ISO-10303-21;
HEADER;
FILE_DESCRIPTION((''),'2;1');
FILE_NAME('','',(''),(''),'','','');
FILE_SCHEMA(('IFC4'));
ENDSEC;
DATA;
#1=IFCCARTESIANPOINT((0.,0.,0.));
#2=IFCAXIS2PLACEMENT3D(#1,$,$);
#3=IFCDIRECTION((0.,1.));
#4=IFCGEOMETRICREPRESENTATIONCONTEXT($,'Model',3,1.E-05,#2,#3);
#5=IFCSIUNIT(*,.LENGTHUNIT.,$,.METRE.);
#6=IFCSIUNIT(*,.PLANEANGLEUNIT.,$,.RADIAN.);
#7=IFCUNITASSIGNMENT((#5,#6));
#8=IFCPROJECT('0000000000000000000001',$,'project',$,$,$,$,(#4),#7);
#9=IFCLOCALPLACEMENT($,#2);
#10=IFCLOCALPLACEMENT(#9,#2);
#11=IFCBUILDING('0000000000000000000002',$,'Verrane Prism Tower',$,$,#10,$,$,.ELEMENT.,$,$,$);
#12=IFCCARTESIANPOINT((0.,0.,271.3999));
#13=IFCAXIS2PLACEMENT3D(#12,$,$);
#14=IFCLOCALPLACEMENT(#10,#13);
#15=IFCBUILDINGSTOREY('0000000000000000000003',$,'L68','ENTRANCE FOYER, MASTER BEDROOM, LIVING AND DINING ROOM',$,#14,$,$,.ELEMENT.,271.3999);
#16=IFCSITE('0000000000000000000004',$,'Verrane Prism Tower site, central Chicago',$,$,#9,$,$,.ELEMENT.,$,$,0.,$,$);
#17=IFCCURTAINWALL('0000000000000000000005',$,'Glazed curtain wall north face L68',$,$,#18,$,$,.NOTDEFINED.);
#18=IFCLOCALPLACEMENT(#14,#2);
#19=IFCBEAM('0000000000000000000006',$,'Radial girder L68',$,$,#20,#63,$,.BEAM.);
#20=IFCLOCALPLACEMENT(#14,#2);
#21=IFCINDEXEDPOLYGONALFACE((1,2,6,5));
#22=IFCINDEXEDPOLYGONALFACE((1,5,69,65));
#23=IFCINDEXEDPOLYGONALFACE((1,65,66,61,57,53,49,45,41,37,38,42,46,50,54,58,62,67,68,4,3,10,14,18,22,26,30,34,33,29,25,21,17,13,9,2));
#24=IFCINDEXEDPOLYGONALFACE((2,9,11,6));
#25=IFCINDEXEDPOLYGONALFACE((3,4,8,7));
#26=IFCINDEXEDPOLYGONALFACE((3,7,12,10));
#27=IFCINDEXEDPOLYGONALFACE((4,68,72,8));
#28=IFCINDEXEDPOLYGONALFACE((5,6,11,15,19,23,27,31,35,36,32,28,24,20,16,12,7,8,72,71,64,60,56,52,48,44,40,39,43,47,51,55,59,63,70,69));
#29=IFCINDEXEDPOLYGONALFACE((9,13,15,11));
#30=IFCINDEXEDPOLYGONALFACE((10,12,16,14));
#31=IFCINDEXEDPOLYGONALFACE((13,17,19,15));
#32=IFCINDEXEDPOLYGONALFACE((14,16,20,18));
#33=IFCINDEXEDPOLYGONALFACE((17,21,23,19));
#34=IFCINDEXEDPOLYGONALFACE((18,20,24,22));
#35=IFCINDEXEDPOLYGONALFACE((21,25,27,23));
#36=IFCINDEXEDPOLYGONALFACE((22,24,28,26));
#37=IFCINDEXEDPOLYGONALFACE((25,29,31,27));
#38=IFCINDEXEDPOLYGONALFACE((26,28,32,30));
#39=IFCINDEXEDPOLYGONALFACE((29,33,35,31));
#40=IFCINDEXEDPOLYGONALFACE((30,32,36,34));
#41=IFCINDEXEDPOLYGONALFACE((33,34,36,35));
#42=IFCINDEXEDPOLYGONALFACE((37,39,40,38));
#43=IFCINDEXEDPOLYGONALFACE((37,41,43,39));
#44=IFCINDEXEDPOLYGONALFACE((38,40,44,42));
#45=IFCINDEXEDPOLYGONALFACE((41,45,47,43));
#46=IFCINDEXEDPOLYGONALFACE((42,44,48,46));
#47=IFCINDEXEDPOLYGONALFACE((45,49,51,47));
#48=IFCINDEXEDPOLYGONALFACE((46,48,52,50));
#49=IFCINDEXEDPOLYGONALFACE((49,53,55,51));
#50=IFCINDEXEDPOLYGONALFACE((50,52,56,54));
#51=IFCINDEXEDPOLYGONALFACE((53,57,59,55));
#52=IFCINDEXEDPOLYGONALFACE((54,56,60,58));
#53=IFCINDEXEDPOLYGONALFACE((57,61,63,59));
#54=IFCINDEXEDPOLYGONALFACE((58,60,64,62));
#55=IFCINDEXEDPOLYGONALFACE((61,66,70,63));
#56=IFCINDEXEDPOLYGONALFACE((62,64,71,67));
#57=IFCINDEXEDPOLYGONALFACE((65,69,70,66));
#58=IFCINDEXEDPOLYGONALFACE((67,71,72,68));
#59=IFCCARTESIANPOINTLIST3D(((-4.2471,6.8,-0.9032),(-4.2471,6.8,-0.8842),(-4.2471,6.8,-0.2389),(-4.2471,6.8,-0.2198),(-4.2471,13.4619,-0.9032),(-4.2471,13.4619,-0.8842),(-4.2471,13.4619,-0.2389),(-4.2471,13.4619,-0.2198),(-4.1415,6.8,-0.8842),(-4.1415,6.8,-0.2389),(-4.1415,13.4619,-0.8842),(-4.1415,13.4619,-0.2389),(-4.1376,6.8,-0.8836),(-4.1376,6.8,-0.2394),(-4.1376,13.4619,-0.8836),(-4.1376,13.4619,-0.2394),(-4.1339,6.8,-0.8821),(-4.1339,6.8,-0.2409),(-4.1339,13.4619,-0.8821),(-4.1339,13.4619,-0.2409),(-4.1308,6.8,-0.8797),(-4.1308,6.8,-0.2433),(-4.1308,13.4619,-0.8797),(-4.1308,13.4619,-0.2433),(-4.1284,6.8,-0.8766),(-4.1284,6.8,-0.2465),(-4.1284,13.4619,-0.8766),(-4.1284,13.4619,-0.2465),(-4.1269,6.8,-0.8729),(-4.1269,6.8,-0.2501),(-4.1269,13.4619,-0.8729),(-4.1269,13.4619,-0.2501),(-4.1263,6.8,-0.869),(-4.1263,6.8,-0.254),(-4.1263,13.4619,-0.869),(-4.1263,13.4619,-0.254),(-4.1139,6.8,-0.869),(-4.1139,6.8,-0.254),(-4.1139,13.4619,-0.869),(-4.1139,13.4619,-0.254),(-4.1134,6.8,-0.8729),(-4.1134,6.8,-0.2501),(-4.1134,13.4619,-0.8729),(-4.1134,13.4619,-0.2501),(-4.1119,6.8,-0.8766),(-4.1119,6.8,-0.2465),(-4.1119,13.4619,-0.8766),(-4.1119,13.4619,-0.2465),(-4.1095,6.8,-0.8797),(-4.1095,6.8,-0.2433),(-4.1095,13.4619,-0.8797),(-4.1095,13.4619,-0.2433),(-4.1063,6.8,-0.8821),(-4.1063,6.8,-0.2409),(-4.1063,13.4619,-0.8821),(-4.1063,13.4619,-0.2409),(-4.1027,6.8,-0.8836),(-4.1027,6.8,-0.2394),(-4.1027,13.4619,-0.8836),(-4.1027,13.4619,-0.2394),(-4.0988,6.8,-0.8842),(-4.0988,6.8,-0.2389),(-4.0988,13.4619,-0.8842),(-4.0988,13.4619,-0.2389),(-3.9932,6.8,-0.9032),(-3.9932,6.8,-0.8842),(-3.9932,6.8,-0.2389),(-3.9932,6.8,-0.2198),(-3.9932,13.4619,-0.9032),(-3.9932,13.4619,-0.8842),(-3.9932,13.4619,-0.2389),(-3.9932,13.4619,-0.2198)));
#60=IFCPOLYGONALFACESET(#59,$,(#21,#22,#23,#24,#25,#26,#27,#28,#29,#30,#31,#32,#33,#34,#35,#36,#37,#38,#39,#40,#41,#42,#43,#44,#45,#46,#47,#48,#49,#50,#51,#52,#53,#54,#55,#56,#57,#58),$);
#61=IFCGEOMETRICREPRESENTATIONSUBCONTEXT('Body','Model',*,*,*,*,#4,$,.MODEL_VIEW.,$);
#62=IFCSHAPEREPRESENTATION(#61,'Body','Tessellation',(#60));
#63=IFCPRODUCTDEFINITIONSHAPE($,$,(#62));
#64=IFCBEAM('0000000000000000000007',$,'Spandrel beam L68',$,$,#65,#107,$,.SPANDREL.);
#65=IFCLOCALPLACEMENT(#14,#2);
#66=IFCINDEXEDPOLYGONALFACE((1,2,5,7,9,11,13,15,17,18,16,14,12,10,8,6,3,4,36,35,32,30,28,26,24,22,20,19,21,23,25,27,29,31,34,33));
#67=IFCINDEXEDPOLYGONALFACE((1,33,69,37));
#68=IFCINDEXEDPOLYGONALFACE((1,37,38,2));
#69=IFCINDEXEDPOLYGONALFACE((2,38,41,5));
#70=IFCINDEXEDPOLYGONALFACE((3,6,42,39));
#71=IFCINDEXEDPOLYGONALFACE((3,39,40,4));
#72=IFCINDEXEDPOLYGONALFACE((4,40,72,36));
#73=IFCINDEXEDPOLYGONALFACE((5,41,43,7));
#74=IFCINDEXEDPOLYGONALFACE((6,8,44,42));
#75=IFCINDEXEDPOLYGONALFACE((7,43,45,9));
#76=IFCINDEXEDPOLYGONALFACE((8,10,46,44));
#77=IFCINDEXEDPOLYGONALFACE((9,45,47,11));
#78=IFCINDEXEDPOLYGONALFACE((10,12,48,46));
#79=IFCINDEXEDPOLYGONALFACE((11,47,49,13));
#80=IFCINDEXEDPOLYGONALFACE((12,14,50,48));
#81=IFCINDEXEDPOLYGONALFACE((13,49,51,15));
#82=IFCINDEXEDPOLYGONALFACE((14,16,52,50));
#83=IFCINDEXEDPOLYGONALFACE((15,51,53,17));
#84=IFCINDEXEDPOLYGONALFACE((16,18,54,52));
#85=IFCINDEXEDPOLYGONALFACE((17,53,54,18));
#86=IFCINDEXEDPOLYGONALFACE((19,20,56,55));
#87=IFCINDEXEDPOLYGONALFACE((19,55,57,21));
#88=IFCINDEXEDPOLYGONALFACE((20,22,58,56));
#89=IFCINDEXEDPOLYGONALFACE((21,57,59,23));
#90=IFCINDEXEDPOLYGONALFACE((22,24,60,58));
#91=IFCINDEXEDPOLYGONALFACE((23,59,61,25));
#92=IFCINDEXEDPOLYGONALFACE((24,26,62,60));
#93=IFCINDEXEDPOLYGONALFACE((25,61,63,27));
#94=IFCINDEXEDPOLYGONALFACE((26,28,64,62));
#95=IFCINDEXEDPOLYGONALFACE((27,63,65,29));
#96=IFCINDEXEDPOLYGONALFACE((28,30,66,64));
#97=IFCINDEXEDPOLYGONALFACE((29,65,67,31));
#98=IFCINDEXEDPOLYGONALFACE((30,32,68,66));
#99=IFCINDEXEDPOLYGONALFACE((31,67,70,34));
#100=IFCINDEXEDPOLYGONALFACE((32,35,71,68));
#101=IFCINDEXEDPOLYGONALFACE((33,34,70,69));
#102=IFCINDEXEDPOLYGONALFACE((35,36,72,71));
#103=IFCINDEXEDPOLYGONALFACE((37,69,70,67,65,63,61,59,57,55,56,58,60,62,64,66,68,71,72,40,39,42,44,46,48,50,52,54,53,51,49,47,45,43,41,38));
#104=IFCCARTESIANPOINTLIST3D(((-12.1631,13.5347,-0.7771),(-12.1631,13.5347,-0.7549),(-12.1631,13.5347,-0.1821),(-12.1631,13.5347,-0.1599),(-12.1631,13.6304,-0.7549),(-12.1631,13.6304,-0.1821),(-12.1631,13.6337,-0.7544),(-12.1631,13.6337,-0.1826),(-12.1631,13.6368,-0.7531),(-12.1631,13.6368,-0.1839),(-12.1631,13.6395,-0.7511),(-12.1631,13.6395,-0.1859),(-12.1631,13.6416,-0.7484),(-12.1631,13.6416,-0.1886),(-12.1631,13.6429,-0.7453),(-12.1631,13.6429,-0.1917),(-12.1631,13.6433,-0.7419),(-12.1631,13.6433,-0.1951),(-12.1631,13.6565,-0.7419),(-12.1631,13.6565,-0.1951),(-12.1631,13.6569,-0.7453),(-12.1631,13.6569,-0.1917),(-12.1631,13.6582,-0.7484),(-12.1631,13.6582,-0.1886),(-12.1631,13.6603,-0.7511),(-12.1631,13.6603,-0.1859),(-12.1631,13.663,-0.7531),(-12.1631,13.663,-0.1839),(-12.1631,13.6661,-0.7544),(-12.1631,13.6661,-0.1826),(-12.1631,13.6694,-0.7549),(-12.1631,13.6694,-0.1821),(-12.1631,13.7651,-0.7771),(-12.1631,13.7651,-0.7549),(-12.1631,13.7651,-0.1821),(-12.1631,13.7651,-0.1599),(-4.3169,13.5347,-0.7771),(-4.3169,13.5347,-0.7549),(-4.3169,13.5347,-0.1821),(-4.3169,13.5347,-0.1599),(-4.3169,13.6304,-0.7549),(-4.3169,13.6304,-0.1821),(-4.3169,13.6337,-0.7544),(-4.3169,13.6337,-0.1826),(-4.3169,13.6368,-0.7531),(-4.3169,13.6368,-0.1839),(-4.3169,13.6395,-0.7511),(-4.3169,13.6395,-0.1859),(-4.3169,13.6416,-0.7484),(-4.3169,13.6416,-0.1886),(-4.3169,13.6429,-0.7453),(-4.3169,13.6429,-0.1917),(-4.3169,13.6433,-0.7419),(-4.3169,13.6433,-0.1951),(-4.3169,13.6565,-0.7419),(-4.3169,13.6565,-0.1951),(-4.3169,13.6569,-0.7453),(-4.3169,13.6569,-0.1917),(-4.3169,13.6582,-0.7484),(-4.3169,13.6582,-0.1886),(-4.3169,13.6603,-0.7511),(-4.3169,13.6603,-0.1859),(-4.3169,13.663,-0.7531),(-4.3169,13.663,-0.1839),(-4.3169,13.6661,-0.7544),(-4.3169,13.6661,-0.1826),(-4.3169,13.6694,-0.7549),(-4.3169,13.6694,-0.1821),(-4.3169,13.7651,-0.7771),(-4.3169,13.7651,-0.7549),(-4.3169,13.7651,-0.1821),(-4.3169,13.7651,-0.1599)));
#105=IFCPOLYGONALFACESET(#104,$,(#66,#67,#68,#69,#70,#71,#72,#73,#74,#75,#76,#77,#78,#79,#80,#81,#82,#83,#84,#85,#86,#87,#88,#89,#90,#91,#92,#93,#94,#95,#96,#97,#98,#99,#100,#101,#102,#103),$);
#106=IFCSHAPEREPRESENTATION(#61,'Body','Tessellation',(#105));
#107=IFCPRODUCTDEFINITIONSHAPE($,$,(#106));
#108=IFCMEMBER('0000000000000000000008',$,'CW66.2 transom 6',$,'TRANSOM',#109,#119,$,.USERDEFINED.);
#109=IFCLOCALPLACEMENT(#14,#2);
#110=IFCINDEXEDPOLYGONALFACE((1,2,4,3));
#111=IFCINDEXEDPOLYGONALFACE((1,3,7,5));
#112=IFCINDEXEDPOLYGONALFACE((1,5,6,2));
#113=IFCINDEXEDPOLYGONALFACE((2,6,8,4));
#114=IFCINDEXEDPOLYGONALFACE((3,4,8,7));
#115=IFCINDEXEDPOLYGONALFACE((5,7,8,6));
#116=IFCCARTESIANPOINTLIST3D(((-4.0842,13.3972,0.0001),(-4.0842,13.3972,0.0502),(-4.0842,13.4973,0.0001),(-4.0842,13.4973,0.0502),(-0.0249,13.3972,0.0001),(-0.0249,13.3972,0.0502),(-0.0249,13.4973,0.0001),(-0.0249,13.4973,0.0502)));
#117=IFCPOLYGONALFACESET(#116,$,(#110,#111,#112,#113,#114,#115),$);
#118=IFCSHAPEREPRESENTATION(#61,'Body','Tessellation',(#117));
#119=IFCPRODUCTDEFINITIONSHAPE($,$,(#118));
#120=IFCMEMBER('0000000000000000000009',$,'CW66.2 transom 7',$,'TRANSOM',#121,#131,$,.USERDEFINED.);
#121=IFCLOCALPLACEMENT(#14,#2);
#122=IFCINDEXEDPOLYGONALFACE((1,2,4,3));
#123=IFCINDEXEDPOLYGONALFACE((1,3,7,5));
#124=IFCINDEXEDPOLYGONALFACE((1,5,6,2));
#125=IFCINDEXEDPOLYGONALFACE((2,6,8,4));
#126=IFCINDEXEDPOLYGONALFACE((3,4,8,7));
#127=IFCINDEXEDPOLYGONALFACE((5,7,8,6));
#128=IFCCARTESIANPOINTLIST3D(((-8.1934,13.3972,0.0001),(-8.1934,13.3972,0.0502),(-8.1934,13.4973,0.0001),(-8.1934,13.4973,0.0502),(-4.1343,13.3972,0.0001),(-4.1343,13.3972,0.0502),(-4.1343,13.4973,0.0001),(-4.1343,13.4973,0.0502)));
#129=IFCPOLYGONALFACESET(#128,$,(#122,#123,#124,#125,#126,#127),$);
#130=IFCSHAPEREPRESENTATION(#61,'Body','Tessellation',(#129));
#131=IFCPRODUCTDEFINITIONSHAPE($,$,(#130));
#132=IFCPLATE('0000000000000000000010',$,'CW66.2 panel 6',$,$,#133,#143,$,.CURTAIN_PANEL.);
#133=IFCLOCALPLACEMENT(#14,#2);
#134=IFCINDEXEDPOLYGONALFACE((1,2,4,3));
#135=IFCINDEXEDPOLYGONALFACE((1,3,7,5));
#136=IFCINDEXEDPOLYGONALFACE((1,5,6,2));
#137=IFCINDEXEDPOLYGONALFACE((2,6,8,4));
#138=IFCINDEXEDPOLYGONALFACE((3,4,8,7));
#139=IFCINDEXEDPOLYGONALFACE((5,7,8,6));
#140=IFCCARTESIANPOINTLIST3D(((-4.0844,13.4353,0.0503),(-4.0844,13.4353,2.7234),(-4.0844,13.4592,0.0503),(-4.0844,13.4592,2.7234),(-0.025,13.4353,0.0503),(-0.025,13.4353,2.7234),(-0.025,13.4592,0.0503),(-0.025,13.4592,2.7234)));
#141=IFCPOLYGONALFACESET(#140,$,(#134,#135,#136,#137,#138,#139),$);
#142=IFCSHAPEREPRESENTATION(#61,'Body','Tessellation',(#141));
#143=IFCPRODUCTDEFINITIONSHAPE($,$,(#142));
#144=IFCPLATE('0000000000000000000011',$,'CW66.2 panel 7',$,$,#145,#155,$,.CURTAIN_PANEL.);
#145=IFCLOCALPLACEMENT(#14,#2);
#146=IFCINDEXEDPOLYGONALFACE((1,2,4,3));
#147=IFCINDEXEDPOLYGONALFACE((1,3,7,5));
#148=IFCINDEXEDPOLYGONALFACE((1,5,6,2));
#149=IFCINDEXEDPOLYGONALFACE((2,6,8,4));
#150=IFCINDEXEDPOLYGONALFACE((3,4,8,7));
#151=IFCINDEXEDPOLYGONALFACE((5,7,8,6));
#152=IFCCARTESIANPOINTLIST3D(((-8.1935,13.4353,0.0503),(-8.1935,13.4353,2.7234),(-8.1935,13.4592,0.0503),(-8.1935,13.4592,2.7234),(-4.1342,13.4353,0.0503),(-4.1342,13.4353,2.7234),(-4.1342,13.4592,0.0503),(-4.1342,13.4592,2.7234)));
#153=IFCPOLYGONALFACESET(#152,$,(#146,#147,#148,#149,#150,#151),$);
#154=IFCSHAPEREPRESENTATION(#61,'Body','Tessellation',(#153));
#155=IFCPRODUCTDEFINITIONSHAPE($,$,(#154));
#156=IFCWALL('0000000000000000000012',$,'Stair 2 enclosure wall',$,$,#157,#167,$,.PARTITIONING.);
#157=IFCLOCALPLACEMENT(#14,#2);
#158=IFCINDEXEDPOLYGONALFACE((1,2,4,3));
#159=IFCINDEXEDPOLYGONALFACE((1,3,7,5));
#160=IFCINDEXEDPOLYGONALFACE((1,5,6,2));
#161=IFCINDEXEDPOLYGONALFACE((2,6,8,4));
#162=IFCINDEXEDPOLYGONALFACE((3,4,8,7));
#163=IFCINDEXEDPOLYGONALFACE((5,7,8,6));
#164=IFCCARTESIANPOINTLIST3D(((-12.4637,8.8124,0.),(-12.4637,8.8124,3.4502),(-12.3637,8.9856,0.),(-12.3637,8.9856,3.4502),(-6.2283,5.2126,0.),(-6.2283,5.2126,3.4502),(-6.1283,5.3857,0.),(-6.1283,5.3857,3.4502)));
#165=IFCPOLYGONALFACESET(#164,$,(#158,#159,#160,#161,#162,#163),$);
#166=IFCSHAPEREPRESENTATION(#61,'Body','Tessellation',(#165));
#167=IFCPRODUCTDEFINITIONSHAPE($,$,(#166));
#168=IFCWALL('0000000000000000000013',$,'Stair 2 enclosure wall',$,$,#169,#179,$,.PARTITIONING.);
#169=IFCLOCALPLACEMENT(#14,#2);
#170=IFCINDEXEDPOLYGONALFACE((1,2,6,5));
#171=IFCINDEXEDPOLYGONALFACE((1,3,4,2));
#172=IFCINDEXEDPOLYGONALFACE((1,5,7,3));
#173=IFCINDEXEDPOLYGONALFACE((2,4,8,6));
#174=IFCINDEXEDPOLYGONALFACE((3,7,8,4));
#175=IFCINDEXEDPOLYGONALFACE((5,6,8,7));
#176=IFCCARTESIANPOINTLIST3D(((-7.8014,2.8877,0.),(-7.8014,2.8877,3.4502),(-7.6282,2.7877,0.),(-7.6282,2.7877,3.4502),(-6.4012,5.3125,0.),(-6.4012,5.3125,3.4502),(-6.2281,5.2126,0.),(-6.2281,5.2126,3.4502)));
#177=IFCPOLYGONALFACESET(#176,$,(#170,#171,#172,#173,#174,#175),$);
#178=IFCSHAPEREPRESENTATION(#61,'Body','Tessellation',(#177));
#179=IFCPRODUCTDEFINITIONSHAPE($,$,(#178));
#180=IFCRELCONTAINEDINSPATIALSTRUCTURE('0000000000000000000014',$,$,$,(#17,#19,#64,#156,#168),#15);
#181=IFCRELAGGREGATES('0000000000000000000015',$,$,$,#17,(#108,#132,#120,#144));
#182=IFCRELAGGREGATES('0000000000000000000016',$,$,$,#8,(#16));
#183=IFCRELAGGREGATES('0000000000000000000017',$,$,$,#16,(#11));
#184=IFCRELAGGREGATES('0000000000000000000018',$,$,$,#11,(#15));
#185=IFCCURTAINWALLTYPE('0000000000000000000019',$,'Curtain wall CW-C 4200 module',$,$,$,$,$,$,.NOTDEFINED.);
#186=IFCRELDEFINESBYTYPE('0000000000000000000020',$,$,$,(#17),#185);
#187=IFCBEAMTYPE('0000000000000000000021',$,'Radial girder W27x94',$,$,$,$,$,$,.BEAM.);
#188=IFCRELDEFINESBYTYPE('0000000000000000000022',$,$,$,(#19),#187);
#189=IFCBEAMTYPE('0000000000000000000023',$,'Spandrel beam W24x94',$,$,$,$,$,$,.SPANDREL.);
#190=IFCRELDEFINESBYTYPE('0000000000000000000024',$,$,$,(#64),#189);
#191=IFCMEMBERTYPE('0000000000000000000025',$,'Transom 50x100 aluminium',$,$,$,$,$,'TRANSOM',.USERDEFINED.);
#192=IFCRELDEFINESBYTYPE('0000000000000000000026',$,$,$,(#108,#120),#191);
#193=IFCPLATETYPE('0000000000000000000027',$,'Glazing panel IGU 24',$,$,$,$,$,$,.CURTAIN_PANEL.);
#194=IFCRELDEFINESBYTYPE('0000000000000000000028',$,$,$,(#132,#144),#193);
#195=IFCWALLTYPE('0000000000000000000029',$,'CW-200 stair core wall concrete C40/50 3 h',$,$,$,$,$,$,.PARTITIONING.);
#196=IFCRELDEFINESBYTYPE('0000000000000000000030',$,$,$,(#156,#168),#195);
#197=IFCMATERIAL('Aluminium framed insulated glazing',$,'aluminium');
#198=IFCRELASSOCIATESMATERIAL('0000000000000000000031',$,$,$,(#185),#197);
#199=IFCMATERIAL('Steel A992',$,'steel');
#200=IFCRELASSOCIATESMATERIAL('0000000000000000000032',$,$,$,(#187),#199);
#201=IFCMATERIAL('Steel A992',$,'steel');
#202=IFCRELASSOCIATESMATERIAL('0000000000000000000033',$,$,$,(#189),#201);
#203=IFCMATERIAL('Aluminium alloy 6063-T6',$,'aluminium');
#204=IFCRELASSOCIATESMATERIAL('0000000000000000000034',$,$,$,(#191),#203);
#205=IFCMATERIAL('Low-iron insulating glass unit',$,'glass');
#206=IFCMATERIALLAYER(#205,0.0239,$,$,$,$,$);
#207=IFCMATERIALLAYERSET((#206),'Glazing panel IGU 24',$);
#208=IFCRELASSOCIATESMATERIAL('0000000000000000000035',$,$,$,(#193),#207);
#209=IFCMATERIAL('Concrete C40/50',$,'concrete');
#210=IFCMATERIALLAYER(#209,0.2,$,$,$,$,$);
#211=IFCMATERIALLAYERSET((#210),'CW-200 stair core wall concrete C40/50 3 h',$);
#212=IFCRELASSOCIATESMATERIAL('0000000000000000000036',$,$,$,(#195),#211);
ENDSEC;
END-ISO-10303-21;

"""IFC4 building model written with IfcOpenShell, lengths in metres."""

from ifc_helpers import new_model, si_unit, direction, frame, frame_2d, origin, origin_2d, place, context, subcontext, project, spatial, rectangle, i_section, extrude, material, layer, layer_set, material_profile, profile_set, type_object, element, aggregate, save


model = new_model("IFC4")

# Units and contexts
model_context = context("Model", 3, precision=1e-05, world=origin(), true_north=direction((0.0, 1.0)))
body_context = subcontext(model_context, "Body", "Model", "MODEL_VIEW")
ifc_project = project(units=[si_unit("LENGTHUNIT", "METRE"), si_unit("PLANEANGLEUNIT", "RADIAN")], contexts=[model_context])

# Site, building, storey
site_placement = place(None, origin())
site = spatial("IfcSite", under=ifc_project, at=site_placement, Name="Verrane Prism Tower site, central Chicago", CompositionType="ELEMENT", RefElevation=0.0)
building_placement = place(site_placement, origin())
building = spatial("IfcBuilding", under=site, at=building_placement, Name="Verrane Prism Tower", CompositionType="ELEMENT")
storey_placement = place(building_placement, frame((0.0, 0.0, 271.3999)))
storey = spatial("IfcBuildingStorey", under=building, at=storey_placement, Name="L68", Description="ENTRANCE FOYER, MASTER BEDROOM, LIVING AND DINING ROOM", CompositionType="ELEMENT", Elevation=271.3999)

# Curtain wall
ifc_material_1 = material(Name="Aluminium framed insulated glazing", Category="aluminium")
curtain_wall_type = type_object("IfcCurtainWallType", Name="Curtain wall CW-C 4200 module", PredefinedType="NOTDEFINED", material=ifc_material_1)
curtain_wall_placement = place(storey_placement, origin())
curtain_wall = element("IfcCurtainWall", 1, at=curtain_wall_placement, inside=storey, type_object=curtain_wall_type, Name="Glazed curtain wall north face L68", PredefinedType="NOTDEFINED")

# Beams
ifc_material_2 = material(Name="Steel A992", Category="steel")
ifc_material_profile_1 = material_profile(ifc_material_2, i_section(OverallWidth=0.2539, OverallDepth=0.6833, WebThickness=0.0125, FlangeThickness=0.019, FilletRadius=0.0151, at=origin_2d()), Name="W27x94")
ifc_profile_set_1 = profile_set([ifc_material_profile_1], Name="Steel A992")
beam_type_1 = type_object("IfcBeamType", Name="Radial girder W27x94", PredefinedType="BEAM", material=ifc_profile_set_1)
beam_1_placement = place(storey_placement, frame((-4.1201, 13.4619, -0.5615), z_axis=(0.0, -1.0, 0.0), x_axis=(1.0, 0.0, 0.0)))
element("IfcBeam", 2, at=beam_1_placement, inside=storey, type_object=beam_type_1, Name="Radial girder L68", PredefinedType="BEAM", context=body_context, shape_type="SweptSolid", body=[
    extrude(i_section(OverallWidth=0.2539, OverallDepth=0.6833, WebThickness=0.0125, FlangeThickness=0.019, FilletRadius=0.0151, at=origin_2d()), origin(), (0.0, 0.0, 1.0), 6.6619),
])
ifc_material_3 = material(Name="Steel A992", Category="steel")
ifc_material_profile_2 = material_profile(ifc_material_3, i_section(OverallWidth=0.2305, OverallDepth=0.6172, WebThickness=0.0132, FlangeThickness=0.0222, FilletRadius=0.0129, at=origin_2d()), Name="W24x94")
ifc_profile_set_2 = profile_set([ifc_material_profile_2], Name="Steel A992")
beam_type_2 = type_object("IfcBeamType", Name="Spandrel beam W24x94", PredefinedType="SPANDREL", material=ifc_profile_set_2)
beam_2_placement = place(storey_placement, frame((-4.3169, 13.6499, -0.4685), z_axis=(-1.0, 0.0, 0.0), x_axis=(0.0, -1.0, 0.0)))
element("IfcBeam", 3, at=beam_2_placement, inside=storey, type_object=beam_type_2, Name="Spandrel beam L68", PredefinedType="SPANDREL", context=body_context, shape_type="SweptSolid", body=[
    extrude(i_section(OverallWidth=0.2305, OverallDepth=0.6172, WebThickness=0.0132, FlangeThickness=0.0222, FilletRadius=0.0129, at=origin_2d()), origin(), (0.0, 0.0, 1.0), 7.8462),
])

# Members
ifc_material_4 = material(Name="Aluminium alloy 6063-T6", Category="aluminium")
ifc_material_profile_3 = material_profile(ifc_material_4, rectangle(XDim=0.1001, YDim=0.05, at=origin_2d()), Name="Transom 50x100 aluminium")
ifc_profile_set_3 = profile_set([ifc_material_profile_3], Name="Aluminium alloy 6063-T6")
member_type_1 = type_object("IfcMemberType", Name="Transom 50x100 aluminium", ElementType="TRANSOM", PredefinedType="USERDEFINED", material=ifc_profile_set_3)
member_1_placement = place(storey_placement, frame((-0.0249, 13.4473, 0.0251), z_axis=(-1.0, 0.0, 0.0), x_axis=(0.0, -1.0, 0.0)))
member_1 = element("IfcMember", 4, at=member_1_placement, type_object=member_type_1, Name="CW66.2 transom 6", ObjectType="TRANSOM", PredefinedType="USERDEFINED", context=body_context, shape_type="SweptSolid", body=[
    extrude(rectangle(XDim=0.1001, YDim=0.05, at=origin_2d()), origin(), (0.0, 0.0, 1.0), 4.0593),
])
member_2_placement = place(storey_placement, frame((-4.1343, 13.4473, 0.0251), z_axis=(-1.0, 0.0, 0.0), x_axis=(0.0, -1.0, 0.0)))
member_2 = element("IfcMember", 5, at=member_2_placement, type_object=member_type_1, Name="CW66.2 transom 7", ObjectType="TRANSOM", PredefinedType="USERDEFINED", context=body_context, shape_type="SweptSolid", body=[
    extrude(rectangle(XDim=0.1001, YDim=0.05, at=origin_2d()), origin(), (0.0, 0.0, 1.0), 4.0591),
])

# Plates
ifc_material_5 = material(Name="Low-iron insulating glass unit", Category="glass")
ifc_layer_1 = layer(ifc_material_5, 0.0239)
ifc_layer_set_1 = layer_set([ifc_layer_1], Name="Glazing panel IGU 24")
plate_type = type_object("IfcPlateType", Name="Glazing panel IGU 24", PredefinedType="CURTAIN_PANEL", material=ifc_layer_set_1)
plate_1_placement = place(storey_placement, frame((-2.0547, 13.4473, 0.0503), z_axis=(0.0, 0.0, 1.0), x_axis=(-1.0, 0.0, 0.0)))
plate_1 = element("IfcPlate", 6, at=plate_1_placement, type_object=plate_type, Name="CW66.2 panel 6", PredefinedType="CURTAIN_PANEL", context=body_context, shape_type="SweptSolid", body=[
    extrude(rectangle(XDim=4.0593, YDim=0.0239, at=origin_2d()), origin(), (0.0, 0.0, 1.0), 2.6731),
])
plate_2_placement = place(storey_placement, frame((-6.1638, 13.4473, 0.0503), z_axis=(0.0, 0.0, 1.0), x_axis=(-1.0, 0.0, 0.0)))
plate_2 = element("IfcPlate", 7, at=plate_2_placement, type_object=plate_type, Name="CW66.2 panel 7", PredefinedType="CURTAIN_PANEL", context=body_context, shape_type="SweptSolid", body=[
    extrude(rectangle(XDim=4.0593, YDim=0.0239, at=origin_2d()), origin(), (0.0, 0.0, 1.0), 2.6731),
])
aggregate(curtain_wall, [member_1, plate_1, member_2, plate_2])

# Walls
ifc_material_6 = material(Name="Concrete C40/50", Category="concrete")
ifc_layer_2 = layer(ifc_material_6, 0.2)
ifc_layer_set_2 = layer_set([ifc_layer_2], Name="CW-200 stair core wall concrete C40/50 3 h")
wall_type_1 = type_object("IfcWallType", Name="CW-200 stair core wall concrete C40/50 3 h", PredefinedType="PARTITIONING", material=ifc_layer_set_2)
wall_1_placement = place(storey_placement, frame((-6.1782, 5.2991, 0.0), z_axis=(0.0, 0.0, 1.0), x_axis=(-0.866033, 0.499987, 0.0)))
element("IfcWall", 8, at=wall_1_placement, inside=storey, type_object=wall_type_1, Name="Stair 2 enclosure wall", PredefinedType="PARTITIONING", context=body_context, shape_type="SweptSolid", body=[
    extrude(rectangle(XDim=7.2, YDim=0.2, at=frame_2d((3.6001, 0.0))), origin(), (0.0, 0.0, 1.0), 3.4502),
])
wall_2_placement = place(storey_placement, frame((-6.3147, 5.2625, 0.0), z_axis=(0.0, 0.0, 1.0), x_axis=(-0.50005, -0.865997, 0.0)))
element("IfcWall", 9, at=wall_2_placement, inside=storey, type_object=wall_type_1, Name="Stair 2 enclosure wall", PredefinedType="PARTITIONING", context=body_context, shape_type="SweptSolid", body=[
    extrude(rectangle(XDim=2.8, YDim=0.2, at=frame_2d((1.3999, 0.0))), origin(), (0.0, 0.0, 1.0), 3.4502),
])

save(model, "model.ifc")
